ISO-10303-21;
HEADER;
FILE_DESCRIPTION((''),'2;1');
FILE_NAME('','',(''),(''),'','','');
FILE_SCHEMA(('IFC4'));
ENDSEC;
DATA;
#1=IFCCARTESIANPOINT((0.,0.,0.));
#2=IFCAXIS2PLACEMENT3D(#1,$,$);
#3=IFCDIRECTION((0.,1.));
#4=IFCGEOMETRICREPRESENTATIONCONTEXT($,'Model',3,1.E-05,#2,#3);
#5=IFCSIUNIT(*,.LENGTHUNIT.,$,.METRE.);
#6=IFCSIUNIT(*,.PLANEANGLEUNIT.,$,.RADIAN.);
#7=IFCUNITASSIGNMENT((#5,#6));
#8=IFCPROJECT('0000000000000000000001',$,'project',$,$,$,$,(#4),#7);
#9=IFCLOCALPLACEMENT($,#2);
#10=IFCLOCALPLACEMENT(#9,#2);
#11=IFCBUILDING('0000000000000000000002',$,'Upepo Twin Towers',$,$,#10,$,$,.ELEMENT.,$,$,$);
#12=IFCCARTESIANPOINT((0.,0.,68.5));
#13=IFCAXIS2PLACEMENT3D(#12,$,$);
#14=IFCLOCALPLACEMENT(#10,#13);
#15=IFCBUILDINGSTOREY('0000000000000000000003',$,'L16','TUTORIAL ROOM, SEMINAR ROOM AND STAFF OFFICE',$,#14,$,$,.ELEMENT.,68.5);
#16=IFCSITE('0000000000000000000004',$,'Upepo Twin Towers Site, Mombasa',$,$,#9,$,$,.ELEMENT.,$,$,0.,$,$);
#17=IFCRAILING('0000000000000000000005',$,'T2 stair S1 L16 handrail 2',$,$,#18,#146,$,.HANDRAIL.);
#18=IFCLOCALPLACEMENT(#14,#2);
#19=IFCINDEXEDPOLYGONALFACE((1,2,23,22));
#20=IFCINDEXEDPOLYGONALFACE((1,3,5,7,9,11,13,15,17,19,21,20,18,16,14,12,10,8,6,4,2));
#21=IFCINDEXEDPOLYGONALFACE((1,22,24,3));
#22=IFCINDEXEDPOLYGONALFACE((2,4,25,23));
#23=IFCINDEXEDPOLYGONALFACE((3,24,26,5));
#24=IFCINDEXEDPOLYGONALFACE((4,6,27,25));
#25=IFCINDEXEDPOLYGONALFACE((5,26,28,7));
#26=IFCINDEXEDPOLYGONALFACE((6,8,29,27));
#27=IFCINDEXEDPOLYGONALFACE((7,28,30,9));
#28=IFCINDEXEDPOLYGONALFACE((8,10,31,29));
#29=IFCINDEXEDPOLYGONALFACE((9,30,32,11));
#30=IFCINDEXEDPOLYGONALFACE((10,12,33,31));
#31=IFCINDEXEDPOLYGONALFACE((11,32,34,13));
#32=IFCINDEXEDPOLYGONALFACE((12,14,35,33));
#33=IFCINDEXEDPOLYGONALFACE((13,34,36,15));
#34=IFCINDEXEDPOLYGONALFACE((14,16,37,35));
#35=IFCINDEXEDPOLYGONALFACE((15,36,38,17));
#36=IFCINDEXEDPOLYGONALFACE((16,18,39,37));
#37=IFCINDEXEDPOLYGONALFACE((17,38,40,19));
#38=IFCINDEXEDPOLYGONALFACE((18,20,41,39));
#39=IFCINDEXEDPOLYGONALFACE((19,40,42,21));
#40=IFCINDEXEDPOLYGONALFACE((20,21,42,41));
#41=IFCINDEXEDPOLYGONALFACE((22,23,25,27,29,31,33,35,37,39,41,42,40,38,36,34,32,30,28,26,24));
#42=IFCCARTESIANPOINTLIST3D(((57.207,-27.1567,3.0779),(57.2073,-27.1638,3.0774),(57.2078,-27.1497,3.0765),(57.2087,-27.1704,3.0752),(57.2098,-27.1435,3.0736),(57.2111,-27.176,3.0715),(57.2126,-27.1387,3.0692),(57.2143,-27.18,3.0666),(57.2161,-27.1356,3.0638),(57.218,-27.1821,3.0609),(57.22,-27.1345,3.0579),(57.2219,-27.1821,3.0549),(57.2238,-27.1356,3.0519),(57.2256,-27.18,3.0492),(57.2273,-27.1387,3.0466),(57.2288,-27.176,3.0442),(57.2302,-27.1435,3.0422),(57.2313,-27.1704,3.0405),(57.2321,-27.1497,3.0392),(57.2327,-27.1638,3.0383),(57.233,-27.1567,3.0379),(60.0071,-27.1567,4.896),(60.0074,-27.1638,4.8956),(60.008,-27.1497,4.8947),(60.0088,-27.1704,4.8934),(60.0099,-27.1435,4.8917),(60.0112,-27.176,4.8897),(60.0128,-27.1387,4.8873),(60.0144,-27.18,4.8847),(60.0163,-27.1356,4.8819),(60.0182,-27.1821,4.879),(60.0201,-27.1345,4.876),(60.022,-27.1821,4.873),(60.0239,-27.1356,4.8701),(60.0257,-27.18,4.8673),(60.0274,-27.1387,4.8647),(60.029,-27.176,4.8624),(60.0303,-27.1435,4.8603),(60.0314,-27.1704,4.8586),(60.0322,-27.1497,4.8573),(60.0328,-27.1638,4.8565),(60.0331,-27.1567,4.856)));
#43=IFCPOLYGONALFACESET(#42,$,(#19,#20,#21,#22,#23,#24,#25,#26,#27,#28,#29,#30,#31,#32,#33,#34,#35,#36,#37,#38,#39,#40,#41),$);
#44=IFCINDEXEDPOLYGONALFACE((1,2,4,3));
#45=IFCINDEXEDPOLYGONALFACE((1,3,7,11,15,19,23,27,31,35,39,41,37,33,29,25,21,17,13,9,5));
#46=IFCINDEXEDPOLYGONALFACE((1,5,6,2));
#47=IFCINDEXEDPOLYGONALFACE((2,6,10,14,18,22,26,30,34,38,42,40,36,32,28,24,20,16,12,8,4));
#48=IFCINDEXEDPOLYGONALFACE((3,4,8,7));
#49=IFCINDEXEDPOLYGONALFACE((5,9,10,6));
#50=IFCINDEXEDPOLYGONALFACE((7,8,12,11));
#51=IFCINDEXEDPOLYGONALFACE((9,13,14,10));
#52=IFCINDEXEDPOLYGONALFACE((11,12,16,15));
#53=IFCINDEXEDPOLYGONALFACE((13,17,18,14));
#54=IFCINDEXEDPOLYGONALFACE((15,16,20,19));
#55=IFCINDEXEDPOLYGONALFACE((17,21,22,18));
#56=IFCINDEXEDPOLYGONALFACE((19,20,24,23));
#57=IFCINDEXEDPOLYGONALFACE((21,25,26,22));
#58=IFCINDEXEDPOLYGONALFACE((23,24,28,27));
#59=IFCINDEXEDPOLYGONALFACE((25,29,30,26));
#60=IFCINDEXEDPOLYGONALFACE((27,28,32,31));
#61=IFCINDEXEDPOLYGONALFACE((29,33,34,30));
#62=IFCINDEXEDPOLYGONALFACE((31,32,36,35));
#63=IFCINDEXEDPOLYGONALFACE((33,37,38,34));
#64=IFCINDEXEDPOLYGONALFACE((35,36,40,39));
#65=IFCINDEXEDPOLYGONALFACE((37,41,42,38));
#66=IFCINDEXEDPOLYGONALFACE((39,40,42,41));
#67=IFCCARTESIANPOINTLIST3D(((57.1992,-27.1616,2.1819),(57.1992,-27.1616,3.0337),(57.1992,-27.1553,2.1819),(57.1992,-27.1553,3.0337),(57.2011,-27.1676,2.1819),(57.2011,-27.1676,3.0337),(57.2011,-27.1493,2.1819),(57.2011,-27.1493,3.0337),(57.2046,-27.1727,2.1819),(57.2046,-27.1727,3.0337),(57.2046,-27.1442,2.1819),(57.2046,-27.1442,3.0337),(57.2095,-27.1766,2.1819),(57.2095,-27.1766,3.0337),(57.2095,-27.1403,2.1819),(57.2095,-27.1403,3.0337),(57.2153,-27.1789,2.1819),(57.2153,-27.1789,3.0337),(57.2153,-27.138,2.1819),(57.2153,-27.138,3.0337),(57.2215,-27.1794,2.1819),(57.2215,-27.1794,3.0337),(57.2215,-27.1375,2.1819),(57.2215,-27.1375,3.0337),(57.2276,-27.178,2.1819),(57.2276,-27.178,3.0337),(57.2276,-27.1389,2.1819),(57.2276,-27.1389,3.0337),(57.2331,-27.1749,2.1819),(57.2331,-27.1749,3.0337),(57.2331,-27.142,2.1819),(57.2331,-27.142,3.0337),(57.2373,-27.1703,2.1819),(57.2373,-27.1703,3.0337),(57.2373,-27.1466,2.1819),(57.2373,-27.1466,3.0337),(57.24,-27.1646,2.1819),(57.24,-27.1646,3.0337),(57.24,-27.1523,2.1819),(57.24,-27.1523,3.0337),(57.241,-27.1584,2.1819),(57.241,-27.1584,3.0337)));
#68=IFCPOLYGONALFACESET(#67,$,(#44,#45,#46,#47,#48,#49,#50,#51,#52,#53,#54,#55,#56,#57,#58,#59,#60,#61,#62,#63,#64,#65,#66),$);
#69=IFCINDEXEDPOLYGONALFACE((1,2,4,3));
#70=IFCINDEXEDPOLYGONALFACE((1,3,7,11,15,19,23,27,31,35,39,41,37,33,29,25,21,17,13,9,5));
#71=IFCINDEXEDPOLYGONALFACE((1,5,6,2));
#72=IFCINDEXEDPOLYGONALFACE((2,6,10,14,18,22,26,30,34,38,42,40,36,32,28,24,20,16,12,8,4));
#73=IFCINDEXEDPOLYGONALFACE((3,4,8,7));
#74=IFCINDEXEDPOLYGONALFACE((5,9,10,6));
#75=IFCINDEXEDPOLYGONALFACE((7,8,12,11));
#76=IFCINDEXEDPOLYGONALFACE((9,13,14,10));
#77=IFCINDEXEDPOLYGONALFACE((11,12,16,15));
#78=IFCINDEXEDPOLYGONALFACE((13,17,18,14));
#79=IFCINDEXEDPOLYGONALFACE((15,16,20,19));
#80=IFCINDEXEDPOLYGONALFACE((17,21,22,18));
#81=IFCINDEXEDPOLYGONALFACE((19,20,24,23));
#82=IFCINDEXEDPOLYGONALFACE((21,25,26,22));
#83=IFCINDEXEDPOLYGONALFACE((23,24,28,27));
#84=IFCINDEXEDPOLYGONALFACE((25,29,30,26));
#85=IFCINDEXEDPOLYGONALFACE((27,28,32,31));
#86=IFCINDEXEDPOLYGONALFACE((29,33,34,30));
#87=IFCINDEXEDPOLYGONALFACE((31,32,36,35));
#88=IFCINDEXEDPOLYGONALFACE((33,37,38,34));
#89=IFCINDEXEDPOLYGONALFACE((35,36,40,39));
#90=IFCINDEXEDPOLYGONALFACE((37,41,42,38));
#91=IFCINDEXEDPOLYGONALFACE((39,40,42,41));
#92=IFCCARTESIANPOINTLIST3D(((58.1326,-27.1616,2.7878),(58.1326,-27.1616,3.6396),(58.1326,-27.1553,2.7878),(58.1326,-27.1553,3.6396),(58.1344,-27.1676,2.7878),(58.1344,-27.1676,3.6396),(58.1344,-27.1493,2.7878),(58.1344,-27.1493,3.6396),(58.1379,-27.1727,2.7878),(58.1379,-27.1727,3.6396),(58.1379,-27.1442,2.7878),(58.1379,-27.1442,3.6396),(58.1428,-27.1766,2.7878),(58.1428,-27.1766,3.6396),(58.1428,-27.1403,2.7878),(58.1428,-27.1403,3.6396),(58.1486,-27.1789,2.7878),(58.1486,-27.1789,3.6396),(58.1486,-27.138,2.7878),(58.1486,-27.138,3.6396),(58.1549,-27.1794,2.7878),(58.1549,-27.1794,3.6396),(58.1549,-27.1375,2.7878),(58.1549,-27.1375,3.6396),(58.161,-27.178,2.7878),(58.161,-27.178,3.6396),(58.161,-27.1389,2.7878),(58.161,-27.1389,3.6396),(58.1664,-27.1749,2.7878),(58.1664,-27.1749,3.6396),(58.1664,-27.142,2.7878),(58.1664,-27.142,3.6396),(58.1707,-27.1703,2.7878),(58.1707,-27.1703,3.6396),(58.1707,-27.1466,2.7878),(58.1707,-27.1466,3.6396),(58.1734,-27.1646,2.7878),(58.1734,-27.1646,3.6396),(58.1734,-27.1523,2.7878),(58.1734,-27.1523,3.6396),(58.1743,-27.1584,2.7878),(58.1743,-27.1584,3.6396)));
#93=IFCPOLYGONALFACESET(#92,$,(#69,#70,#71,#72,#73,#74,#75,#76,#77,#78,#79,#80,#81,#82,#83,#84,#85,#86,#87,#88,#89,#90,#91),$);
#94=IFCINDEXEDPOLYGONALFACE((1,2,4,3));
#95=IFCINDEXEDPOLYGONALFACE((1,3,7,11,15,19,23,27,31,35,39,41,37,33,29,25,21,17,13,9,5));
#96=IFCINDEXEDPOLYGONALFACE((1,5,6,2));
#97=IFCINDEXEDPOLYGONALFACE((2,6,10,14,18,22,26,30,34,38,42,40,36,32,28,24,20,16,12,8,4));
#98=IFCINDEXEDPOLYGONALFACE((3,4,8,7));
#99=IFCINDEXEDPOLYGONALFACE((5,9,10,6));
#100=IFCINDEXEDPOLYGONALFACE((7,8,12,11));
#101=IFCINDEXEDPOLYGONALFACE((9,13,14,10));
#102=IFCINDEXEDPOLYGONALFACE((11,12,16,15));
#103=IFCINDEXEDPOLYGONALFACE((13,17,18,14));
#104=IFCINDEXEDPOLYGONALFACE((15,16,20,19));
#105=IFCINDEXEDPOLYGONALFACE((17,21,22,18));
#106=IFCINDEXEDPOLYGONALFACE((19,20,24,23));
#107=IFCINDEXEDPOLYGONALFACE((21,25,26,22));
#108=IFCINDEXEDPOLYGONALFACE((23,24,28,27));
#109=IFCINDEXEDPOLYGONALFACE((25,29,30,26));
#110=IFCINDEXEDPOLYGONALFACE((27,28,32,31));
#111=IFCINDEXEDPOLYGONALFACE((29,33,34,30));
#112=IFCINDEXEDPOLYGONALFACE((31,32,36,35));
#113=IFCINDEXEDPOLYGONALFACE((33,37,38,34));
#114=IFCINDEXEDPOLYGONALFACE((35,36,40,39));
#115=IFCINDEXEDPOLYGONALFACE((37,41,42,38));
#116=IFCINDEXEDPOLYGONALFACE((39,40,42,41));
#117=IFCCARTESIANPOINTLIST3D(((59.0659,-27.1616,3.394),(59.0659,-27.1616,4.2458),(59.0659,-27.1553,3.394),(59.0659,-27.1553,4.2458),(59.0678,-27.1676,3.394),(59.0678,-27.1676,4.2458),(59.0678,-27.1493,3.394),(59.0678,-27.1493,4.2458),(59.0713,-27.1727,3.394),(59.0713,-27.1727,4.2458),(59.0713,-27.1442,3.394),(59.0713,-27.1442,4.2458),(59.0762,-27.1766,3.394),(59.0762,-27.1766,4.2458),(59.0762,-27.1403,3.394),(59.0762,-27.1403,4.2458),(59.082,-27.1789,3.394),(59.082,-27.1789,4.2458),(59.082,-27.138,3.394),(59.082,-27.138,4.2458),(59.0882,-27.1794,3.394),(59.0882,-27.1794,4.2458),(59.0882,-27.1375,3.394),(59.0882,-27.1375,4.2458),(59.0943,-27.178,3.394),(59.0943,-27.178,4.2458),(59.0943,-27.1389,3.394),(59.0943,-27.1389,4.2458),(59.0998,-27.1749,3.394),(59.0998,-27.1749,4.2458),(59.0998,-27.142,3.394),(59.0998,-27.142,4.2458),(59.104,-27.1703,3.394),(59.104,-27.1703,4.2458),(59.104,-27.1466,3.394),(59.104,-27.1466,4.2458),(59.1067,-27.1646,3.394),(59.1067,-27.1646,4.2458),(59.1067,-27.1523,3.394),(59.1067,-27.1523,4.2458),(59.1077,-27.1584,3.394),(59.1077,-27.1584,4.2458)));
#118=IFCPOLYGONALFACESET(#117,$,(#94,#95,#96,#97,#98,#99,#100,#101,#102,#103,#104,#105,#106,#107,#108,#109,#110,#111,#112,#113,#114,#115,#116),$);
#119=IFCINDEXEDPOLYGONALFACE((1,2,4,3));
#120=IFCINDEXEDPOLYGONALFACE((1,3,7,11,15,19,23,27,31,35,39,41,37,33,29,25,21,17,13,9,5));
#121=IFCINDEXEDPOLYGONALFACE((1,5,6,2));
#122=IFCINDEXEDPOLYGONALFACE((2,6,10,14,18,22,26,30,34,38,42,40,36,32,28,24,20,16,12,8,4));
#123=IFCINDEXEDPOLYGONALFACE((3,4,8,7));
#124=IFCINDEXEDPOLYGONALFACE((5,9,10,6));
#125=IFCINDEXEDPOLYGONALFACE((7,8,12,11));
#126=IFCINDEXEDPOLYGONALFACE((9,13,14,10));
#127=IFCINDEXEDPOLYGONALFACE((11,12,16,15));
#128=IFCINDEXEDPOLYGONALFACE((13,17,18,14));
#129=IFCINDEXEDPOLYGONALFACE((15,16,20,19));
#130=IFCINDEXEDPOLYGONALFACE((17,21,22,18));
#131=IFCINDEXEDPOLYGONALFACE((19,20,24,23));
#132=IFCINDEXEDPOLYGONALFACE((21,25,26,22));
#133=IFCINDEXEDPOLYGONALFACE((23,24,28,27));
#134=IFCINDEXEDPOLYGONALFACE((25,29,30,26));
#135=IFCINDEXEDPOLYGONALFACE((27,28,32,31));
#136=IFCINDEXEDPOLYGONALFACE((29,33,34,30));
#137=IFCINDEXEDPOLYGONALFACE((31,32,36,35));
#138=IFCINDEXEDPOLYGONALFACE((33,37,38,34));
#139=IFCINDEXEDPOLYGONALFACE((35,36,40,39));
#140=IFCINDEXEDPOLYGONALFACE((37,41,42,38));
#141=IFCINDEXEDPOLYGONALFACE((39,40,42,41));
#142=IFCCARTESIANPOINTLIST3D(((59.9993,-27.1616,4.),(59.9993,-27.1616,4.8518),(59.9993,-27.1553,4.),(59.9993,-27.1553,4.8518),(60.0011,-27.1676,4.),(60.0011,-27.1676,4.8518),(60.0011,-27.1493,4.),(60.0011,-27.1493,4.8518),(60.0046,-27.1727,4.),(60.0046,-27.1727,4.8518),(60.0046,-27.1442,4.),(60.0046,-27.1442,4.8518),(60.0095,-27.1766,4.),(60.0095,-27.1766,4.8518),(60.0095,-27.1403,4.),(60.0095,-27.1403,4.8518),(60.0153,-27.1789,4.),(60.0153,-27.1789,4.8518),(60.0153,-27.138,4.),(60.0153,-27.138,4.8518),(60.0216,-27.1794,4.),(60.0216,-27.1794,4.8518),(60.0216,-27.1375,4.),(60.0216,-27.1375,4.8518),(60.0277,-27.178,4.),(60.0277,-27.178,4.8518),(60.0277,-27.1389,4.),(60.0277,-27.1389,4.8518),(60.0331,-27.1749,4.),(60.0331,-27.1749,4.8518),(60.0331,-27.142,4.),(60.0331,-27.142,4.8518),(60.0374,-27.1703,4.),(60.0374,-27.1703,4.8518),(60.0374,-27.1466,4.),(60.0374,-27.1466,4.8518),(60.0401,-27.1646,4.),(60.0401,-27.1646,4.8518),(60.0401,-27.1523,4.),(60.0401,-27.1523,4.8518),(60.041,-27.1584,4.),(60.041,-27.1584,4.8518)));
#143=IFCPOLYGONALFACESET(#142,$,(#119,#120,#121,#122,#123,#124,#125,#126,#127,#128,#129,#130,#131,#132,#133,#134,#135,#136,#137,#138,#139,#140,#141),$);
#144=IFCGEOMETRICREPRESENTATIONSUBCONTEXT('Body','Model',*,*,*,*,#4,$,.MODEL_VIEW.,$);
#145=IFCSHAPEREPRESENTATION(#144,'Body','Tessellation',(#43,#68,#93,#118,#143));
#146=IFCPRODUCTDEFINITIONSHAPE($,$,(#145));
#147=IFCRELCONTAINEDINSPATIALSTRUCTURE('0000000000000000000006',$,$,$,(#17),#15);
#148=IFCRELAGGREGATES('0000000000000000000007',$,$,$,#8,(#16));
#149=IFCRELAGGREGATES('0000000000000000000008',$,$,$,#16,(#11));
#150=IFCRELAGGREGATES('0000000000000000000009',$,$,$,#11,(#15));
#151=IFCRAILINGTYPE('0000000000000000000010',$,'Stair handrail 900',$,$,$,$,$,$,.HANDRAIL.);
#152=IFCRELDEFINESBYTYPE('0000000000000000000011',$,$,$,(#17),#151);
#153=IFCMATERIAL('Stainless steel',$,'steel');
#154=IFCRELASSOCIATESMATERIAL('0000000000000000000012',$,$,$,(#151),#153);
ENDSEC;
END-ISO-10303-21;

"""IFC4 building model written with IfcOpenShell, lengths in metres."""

from ifc_helpers import new_model, si_unit, direction, frame, origin, origin_2d, place, context, subcontext, project, spatial, circle, extrude, material, type_object, element, save


model = new_model("IFC4")

# Units and contexts
model_context = context("Model", 3, precision=1e-05, world=origin(), true_north=direction((0.0, 1.0)))
body_context = subcontext(model_context, "Body", "Model", "MODEL_VIEW")
ifc_project = project(units=[si_unit("LENGTHUNIT", "METRE"), si_unit("PLANEANGLEUNIT", "RADIAN")], contexts=[model_context])

# Site, building, storey
site_placement = place(None, origin())
site = spatial("IfcSite", under=ifc_project, at=site_placement, Name="Upepo Twin Towers Site, Mombasa", CompositionType="ELEMENT", RefElevation=0.0)
building_placement = place(site_placement, origin())
building = spatial("IfcBuilding", under=site, at=building_placement, Name="Upepo Twin Towers", CompositionType="ELEMENT")
storey_placement = place(building_placement, frame((0.0, 0.0, 68.5)))
storey = spatial("IfcBuildingStorey", under=building, at=storey_placement, Name="L16", Description="TUTORIAL ROOM, SEMINAR ROOM AND STAFF OFFICE", CompositionType="ELEMENT", Elevation=68.5)

# Railing
ifc_material_1 = material(Name="Stainless steel", Category="steel")
railing_type = type_object("IfcRailingType", Name="Stair handrail 900", PredefinedType="HANDRAIL", material=ifc_material_1)
railing_1_placement = place(storey_placement, frame((57.22, -27.1584, 2.1819)))
element("IfcRailing", 1, at=railing_1_placement, inside=storey, type_object=railing_type, Name="T2 stair S1 L16 handrail 2", PredefinedType="HANDRAIL", context=body_context, shape_type="SweptSolid", body=[
    extrude(circle(Radius=0.0239, at=origin_2d()), frame((0.0, 0.0, 0.876), z_axis=(0.838706, 0.0, 0.544585), x_axis=(0.0, 1.0, 0.0)), (0.0, 0.0, 1.0), 3.3386),
    extrude(circle(Radius=0.021, at=origin_2d()), origin(), (0.0, 0.0, 1.0), 0.8518),
    extrude(circle(Radius=0.021, at=origin_2d()), frame((0.9333, 0.0, 0.606)), (0.0, 0.0, 1.0), 0.8518),
    extrude(circle(Radius=0.021, at=origin_2d()), frame((1.8667, 0.0, 1.2122)), (0.0, 0.0, 1.0), 0.8518),
    extrude(circle(Radius=0.021, at=origin_2d()), frame((2.8, 0.0, 1.8181)), (0.0, 0.0, 1.0), 0.8518),
])

save(model, "model.ifc")
